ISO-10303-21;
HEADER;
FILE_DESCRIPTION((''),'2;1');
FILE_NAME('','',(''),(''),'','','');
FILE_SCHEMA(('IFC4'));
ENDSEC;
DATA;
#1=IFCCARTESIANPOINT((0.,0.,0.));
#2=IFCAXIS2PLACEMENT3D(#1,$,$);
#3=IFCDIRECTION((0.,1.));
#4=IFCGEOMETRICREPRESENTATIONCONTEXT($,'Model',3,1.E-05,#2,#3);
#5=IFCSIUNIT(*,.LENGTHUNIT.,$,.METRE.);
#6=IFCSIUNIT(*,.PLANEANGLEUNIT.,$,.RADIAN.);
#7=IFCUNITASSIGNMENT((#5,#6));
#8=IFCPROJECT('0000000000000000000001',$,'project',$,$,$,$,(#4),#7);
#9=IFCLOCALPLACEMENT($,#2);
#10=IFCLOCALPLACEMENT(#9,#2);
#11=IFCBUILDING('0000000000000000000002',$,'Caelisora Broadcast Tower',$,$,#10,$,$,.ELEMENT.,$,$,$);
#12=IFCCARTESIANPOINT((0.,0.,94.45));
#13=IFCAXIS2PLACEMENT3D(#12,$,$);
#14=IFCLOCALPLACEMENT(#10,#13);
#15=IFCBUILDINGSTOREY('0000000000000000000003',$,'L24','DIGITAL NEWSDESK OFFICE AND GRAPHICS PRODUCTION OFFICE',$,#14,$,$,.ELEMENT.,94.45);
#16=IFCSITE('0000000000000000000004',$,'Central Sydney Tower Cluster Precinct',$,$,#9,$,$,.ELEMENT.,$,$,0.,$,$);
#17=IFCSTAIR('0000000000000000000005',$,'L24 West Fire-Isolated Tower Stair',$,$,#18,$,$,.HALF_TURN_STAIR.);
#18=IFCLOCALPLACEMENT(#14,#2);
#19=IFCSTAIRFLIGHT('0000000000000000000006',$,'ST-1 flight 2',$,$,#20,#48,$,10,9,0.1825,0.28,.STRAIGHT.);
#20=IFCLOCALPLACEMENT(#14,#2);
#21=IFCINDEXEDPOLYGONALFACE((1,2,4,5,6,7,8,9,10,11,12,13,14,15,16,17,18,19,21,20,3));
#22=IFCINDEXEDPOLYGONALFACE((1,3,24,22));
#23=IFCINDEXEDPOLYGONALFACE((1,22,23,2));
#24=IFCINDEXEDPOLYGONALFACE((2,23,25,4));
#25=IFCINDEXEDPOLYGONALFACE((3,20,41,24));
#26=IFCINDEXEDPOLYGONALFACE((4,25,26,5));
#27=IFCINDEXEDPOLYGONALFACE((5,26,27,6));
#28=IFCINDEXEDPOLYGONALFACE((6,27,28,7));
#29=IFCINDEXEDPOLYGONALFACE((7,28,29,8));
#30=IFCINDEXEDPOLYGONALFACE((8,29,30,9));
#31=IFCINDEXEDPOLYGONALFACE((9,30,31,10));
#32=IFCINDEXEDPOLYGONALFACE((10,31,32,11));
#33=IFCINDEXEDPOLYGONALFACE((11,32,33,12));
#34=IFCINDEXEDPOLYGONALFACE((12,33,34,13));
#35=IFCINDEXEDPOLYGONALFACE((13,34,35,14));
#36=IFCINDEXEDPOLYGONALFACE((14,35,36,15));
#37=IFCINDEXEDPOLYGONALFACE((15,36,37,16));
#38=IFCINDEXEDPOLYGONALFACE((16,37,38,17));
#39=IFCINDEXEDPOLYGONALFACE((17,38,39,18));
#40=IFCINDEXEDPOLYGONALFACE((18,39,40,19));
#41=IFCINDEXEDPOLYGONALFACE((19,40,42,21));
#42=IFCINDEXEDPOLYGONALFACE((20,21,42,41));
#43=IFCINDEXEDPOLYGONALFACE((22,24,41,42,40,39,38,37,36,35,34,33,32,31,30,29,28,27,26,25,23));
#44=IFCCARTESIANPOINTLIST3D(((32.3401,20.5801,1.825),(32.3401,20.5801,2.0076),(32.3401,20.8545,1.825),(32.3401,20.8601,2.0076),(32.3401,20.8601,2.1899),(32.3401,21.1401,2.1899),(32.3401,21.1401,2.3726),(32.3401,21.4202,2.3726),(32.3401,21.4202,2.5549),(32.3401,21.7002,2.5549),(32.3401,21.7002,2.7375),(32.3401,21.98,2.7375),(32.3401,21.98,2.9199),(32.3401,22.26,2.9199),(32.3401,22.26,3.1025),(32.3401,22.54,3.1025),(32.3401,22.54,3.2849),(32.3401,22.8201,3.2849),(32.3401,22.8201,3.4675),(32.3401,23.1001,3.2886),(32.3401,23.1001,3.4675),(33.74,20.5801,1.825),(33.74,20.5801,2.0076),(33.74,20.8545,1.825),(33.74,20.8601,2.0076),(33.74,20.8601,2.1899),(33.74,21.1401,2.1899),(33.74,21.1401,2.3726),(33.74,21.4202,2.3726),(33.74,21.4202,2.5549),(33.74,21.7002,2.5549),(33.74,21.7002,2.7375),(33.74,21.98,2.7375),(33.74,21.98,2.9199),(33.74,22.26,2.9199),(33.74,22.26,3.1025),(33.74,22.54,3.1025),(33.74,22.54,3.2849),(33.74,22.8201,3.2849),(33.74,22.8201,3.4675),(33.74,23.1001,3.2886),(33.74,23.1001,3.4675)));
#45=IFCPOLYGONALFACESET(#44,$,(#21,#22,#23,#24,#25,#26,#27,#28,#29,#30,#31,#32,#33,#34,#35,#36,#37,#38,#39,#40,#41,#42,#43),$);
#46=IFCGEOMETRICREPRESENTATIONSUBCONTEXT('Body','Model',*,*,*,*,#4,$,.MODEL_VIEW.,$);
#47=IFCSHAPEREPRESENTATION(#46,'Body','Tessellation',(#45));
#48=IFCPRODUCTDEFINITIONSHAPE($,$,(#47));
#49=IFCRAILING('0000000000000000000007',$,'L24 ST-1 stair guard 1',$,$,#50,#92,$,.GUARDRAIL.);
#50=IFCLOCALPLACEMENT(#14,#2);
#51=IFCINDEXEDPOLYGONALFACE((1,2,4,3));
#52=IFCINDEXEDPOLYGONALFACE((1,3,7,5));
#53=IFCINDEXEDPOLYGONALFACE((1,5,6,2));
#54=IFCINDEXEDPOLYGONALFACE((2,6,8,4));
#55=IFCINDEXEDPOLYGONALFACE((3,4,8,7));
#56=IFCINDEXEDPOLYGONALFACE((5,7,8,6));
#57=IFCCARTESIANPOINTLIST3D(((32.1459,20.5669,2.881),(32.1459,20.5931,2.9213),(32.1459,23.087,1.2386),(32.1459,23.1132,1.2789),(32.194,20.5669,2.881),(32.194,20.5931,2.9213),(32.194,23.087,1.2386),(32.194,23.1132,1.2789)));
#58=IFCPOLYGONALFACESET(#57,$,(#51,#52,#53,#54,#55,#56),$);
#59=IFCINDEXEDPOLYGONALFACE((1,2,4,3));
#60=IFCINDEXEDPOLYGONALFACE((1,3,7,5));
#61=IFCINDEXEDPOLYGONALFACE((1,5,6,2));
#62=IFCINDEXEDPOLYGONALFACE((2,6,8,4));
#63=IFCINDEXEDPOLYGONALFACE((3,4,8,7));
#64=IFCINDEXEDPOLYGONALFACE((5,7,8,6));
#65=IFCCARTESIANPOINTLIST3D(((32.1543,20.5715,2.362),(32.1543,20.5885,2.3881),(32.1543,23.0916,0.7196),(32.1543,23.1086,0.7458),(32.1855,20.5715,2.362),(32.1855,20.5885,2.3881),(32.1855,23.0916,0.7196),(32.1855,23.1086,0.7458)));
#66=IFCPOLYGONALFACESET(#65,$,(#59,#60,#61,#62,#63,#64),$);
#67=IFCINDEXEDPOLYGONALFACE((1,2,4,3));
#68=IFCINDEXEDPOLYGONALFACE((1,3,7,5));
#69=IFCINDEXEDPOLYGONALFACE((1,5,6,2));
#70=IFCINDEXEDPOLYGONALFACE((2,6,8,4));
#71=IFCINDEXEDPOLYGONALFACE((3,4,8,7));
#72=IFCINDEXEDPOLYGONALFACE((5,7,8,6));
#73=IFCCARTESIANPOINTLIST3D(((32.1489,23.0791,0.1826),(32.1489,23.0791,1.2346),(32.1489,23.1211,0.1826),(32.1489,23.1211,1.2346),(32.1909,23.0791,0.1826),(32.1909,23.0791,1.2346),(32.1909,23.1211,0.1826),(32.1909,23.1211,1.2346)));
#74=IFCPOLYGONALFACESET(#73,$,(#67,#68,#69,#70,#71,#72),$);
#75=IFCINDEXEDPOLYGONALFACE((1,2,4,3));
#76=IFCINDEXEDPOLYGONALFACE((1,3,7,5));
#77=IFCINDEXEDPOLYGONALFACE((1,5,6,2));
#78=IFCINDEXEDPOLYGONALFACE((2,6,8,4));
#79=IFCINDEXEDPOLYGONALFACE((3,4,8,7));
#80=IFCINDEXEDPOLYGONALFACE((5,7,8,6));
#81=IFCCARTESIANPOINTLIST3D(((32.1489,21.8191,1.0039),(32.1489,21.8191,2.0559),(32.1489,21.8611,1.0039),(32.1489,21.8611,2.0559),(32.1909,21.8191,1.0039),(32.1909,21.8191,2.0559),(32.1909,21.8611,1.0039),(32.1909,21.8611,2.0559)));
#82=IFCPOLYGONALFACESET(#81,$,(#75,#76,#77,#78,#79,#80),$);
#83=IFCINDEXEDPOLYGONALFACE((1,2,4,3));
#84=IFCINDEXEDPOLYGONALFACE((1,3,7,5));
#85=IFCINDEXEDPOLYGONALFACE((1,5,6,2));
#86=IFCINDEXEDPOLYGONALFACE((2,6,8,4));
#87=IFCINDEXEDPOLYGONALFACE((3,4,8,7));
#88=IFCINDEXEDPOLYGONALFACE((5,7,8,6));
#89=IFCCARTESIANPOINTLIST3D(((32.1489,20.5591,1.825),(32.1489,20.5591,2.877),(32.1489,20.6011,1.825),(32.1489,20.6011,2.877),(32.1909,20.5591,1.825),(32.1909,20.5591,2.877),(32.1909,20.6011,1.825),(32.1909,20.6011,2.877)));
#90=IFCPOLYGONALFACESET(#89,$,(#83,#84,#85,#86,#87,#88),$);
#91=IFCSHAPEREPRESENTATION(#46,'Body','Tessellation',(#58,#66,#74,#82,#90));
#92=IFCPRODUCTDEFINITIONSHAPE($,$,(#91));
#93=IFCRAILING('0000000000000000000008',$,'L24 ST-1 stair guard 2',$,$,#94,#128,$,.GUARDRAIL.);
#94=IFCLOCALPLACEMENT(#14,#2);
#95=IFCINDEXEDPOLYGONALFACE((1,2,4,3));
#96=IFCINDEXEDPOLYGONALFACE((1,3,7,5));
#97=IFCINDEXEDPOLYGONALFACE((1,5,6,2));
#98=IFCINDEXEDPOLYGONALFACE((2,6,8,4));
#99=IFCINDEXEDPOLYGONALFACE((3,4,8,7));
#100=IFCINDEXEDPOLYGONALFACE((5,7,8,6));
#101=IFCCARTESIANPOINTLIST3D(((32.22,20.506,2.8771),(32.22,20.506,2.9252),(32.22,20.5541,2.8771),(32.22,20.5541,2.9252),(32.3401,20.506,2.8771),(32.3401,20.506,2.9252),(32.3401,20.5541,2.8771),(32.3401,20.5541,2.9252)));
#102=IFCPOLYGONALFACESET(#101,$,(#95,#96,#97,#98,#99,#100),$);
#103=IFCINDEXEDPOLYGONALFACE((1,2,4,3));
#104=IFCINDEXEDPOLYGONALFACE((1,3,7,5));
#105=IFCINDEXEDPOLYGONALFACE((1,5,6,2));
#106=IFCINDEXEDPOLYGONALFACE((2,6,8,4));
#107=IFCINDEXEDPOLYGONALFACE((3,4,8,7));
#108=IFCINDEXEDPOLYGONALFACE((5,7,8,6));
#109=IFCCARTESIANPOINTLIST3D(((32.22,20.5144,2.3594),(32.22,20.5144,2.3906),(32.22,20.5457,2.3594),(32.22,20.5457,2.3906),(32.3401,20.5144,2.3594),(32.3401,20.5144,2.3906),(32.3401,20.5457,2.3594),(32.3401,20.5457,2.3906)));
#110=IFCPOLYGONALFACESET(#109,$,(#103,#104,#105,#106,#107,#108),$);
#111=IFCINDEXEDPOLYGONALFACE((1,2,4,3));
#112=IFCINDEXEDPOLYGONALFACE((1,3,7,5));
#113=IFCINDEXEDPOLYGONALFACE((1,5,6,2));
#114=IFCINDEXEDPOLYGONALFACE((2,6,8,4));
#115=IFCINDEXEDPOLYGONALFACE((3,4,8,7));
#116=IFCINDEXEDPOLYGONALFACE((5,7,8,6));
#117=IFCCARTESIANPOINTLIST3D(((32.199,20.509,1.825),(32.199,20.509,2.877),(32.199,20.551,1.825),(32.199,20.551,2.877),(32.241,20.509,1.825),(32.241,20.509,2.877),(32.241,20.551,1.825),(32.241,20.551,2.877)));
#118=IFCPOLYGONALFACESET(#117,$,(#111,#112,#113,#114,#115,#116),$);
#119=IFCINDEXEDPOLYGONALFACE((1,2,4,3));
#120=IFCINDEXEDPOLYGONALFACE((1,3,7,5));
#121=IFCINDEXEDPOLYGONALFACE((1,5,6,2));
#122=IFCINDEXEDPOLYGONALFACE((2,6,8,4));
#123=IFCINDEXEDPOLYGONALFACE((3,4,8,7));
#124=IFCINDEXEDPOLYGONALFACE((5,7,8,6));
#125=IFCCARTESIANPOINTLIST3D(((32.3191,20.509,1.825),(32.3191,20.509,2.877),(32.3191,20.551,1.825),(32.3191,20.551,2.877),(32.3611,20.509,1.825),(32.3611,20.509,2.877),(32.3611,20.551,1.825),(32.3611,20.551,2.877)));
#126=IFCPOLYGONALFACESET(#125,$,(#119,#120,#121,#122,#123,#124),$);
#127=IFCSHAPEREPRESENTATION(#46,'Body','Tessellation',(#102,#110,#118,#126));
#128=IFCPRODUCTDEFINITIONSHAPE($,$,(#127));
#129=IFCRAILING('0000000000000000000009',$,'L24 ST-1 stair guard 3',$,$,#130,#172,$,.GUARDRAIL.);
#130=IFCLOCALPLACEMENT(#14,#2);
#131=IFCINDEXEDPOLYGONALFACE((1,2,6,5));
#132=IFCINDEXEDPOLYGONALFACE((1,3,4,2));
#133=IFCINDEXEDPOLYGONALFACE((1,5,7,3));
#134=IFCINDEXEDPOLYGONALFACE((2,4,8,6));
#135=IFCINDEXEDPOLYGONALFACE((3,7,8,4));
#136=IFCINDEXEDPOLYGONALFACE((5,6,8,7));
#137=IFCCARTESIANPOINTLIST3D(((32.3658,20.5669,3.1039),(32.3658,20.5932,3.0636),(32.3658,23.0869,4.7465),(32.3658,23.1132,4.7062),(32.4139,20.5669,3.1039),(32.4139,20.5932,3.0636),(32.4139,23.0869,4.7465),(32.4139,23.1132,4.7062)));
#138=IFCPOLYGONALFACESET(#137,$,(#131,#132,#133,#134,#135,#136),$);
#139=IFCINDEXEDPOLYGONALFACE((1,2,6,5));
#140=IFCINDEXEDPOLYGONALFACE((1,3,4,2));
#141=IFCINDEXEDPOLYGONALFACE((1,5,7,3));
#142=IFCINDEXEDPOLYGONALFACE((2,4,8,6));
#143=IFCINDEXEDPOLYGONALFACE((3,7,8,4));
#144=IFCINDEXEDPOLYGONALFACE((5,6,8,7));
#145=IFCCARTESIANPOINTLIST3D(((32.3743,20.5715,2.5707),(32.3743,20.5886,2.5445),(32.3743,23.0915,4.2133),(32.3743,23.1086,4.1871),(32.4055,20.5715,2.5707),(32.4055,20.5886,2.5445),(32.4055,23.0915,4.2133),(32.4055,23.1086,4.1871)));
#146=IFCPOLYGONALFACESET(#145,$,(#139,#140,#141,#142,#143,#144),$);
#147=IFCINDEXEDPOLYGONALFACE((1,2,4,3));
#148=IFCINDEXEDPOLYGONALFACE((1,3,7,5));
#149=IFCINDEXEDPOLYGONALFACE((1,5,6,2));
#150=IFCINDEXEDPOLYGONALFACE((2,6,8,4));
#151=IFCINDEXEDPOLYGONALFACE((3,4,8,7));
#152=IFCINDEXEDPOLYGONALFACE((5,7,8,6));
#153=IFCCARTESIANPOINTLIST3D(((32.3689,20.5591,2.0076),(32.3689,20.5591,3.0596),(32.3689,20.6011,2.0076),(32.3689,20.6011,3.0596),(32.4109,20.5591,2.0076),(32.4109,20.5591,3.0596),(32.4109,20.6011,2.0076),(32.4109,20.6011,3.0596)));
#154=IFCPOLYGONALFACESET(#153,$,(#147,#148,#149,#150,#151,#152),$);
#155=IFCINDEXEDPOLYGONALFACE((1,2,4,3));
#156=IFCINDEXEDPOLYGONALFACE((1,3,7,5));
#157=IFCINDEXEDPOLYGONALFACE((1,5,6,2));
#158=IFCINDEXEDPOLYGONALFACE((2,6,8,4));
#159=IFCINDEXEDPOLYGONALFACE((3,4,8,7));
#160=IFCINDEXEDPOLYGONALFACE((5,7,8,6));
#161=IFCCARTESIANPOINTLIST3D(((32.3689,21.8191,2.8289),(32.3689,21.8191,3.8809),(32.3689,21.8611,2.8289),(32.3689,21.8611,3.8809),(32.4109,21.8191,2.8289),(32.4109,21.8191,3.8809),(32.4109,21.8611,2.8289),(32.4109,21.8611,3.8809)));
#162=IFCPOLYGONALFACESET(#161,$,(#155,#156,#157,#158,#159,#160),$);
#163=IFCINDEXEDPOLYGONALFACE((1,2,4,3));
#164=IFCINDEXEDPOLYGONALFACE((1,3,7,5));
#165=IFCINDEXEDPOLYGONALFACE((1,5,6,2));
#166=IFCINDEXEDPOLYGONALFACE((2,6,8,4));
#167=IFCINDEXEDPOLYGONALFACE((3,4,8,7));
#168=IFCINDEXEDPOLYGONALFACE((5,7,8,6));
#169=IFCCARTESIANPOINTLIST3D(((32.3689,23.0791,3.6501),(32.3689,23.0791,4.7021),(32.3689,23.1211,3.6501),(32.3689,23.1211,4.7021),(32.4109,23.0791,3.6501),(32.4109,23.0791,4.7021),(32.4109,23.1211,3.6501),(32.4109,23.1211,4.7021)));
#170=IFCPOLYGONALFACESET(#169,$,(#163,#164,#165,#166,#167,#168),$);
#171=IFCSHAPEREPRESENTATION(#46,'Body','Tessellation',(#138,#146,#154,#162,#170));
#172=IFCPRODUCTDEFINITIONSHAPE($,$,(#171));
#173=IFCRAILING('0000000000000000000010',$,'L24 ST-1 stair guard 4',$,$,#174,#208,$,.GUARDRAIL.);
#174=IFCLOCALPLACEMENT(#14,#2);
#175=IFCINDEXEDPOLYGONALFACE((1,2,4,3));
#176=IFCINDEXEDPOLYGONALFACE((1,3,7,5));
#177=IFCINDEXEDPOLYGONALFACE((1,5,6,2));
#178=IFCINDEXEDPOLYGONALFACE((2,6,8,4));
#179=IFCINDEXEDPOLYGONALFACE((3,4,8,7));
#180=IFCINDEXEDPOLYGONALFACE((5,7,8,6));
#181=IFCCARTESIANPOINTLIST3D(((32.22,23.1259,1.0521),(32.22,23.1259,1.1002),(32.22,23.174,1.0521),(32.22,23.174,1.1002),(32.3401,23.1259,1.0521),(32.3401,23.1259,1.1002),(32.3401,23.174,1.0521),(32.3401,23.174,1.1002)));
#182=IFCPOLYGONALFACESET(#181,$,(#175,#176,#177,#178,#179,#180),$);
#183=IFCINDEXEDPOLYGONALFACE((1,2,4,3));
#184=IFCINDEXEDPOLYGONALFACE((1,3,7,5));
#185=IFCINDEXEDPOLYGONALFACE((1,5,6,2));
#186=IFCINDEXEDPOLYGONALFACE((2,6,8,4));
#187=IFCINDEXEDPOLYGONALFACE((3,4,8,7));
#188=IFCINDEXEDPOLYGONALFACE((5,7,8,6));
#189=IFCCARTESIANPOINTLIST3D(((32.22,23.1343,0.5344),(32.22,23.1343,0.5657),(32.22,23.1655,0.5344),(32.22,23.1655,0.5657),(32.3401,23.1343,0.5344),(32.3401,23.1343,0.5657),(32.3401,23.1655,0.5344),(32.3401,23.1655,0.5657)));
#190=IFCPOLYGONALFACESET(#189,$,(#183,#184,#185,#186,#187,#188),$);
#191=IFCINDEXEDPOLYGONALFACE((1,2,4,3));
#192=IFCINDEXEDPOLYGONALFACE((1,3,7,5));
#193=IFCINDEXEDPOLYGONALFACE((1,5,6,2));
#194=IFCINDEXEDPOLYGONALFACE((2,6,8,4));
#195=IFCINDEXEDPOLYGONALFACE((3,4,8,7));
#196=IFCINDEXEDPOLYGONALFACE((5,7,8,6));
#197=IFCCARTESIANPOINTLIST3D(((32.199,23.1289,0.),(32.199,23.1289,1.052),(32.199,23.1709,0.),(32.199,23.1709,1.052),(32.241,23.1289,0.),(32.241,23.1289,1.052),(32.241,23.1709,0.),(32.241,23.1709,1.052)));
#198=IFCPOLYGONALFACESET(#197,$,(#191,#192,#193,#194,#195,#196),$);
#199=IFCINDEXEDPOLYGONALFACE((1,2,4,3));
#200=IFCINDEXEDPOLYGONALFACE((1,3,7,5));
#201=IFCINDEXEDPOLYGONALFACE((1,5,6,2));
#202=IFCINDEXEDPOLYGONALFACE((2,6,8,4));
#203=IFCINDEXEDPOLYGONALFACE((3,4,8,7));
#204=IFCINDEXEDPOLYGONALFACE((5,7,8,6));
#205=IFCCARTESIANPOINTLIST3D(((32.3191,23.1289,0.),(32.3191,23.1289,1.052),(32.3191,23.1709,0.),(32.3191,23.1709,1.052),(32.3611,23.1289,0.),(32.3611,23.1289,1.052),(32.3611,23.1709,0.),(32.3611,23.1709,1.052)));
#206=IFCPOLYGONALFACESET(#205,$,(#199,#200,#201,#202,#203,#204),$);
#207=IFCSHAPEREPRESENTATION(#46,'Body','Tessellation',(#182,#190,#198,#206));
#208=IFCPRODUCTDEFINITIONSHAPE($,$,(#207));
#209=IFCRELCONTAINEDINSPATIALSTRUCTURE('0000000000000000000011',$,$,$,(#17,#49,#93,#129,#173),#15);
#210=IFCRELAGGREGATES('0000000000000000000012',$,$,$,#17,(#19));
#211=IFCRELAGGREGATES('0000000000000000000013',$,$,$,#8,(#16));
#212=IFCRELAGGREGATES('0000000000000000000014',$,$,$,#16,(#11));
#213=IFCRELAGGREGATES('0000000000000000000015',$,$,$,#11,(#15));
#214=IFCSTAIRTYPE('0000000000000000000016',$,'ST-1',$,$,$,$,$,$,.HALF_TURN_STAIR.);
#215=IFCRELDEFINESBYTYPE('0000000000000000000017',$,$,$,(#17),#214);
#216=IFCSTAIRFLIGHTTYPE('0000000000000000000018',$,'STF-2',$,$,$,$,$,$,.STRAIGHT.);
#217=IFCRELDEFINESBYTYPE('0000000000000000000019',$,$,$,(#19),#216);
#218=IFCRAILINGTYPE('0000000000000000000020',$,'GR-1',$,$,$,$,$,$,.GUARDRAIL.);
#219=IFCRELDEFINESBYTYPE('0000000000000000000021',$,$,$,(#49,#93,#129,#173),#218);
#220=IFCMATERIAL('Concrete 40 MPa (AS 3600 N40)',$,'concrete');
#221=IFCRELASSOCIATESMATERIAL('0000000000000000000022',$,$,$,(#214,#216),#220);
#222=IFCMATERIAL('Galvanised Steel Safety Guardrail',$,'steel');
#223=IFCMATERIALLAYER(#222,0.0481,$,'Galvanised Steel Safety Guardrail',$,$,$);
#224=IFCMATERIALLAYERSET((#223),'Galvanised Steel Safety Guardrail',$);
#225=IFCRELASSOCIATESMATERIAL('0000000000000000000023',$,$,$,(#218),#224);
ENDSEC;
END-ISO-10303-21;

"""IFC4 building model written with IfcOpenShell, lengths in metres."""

from ifc_helpers import new_model, si_unit, direction, frame, origin, origin_2d, place, context, subcontext, project, spatial, polyline, rectangle, outline, extrude, material, layer, layer_set, type_object, element, aggregate, save


model = new_model("IFC4")

# Units and contexts
model_context = context("Model", 3, precision=1e-05, world=origin(), true_north=direction((0.0, 1.0)))
body_context = subcontext(model_context, "Body", "Model", "MODEL_VIEW")
ifc_project = project(units=[si_unit("LENGTHUNIT", "METRE"), si_unit("PLANEANGLEUNIT", "RADIAN")], contexts=[model_context])

# Site, building, storey
site_placement = place(None, origin())
site = spatial("IfcSite", under=ifc_project, at=site_placement, Name="Central Sydney Tower Cluster Precinct", CompositionType="ELEMENT", RefElevation=0.0)
building_placement = place(site_placement, origin())
building = spatial("IfcBuilding", under=site, at=building_placement, Name="Caelisora Broadcast Tower", CompositionType="ELEMENT")
storey_placement = place(building_placement, frame((0.0, 0.0, 94.45)))
storey = spatial("IfcBuildingStorey", under=building, at=storey_placement, Name="L24", Description="DIGITAL NEWSDESK OFFICE AND GRAPHICS PRODUCTION OFFICE", CompositionType="ELEMENT", Elevation=94.45)

# Stair, stair flight
ifc_material_1 = material(Name="Concrete 40 MPa (AS 3600 N40)", Category="concrete")
stair_type = type_object("IfcStairType", Name="ST-1", PredefinedType="HALF_TURN_STAIR", material=ifc_material_1)
stair_placement = place(storey_placement, origin())
stair = element("IfcStair", 1, at=stair_placement, inside=storey, type_object=stair_type, Name="L24 West Fire-Isolated Tower Stair", PredefinedType="HALF_TURN_STAIR")
stair_flight_type = type_object("IfcStairFlightType", Name="STF-2", PredefinedType="STRAIGHT", material=ifc_material_1)
stair_flight_1_placement = place(storey_placement, frame((33.04, 20.5801, 1.825), z_axis=(0.0, 0.0, 1.0), x_axis=(0.0, 1.0, 0.0)))
stair_flight_1 = element("IfcStairFlight", 2, at=stair_flight_1_placement, type_object=stair_flight_type, Name="ST-1 flight 2", NumberOfRisers=10, NumberOfTreads=9, PredefinedType="STRAIGHT", RiserHeight=0.1825, TreadLength=0.28, context=body_context, shape_type="SweptSolid", body=[
    extrude(outline(polyline([(0.0, 0.0), (0.0, 0.1826), (0.28, 0.1826), (0.28, 0.365), (0.5601, 0.365), (0.5601, 0.5476), (0.8401, 0.5476), (0.8401, 0.73), (1.1201, 0.73), (1.1201, 0.9126), (1.3999, 0.9126), (1.3999, 1.095), (1.6799, 1.095), (1.6799, 1.2776), (1.96, 1.2776), (1.96, 1.46), (2.24, 1.46), (2.24, 1.6426), (2.52, 1.6426), (2.52, 1.825), (2.52, 1.4636), (0.2744, 0.0), (0.0, 0.0)])), frame((0.0, 0.7, 0.0), z_axis=(0.0, -1.0, 0.0), x_axis=(1.0, 0.0, 0.0)), (0.0, 0.0, 1.0), 1.3999),
])
aggregate(stair, [stair_flight_1])

# Railings
ifc_material_2 = material(Name="Galvanised Steel Safety Guardrail", Category="steel")
ifc_layer_1 = layer(ifc_material_2, 0.0481, Name="Galvanised Steel Safety Guardrail")
ifc_layer_set_1 = layer_set([ifc_layer_1], Name="Galvanised Steel Safety Guardrail")
railing_type_1 = type_object("IfcRailingType", Name="GR-1", PredefinedType="GUARDRAIL", material=ifc_layer_set_1)
railing_1_placement = place(storey_placement, frame((32.1699, 23.1001, 0.1826)))
element("IfcRailing", 3, at=railing_1_placement, inside=storey, type_object=railing_type_1, Name="L24 ST-1 stair guard 1", PredefinedType="GUARDRAIL", context=body_context, shape_type="SweptSolid", body=[
    extrude(rectangle(XDim=0.0481, YDim=0.0481, at=origin_2d()), frame((0.0, 0.0, 1.0762), z_axis=(0.0, -0.837787, 0.545998), x_axis=(1.0, 0.0, 0.0)), (0.0, 0.0, 1.0), 3.0081),
    extrude(rectangle(XDim=0.0312, YDim=0.0312, at=origin_2d()), frame((0.0, 0.0, 0.55), z_axis=(0.0, -0.837787, 0.545998), x_axis=(1.0, 0.0, 0.0)), (0.0, 0.0, 1.0), 3.0081),
    extrude(rectangle(XDim=0.042, YDim=0.042, at=origin_2d()), origin(), (0.0, 0.0, 1.0), 1.052),
    extrude(rectangle(XDim=0.042, YDim=0.042, at=origin_2d()), frame((0.0, -1.26, 0.8213)), (0.0, 0.0, 1.0), 1.052),
    extrude(rectangle(XDim=0.042, YDim=0.042, at=origin_2d()), frame((0.0, -2.52, 1.6423)), (0.0, 0.0, 1.0), 1.052),
])
railing_2_placement = place(storey_placement, frame((32.22, 20.53, 1.825)))
element("IfcRailing", 4, at=railing_2_placement, inside=storey, type_object=railing_type_1, Name="L24 ST-1 stair guard 2", PredefinedType="GUARDRAIL", context=body_context, shape_type="SweptSolid", body=[
    extrude(rectangle(XDim=0.0481, YDim=0.0481, at=origin_2d()), frame((0.0, 0.0, 1.0762), z_axis=(1.0, 0.0, 0.0), x_axis=(0.0, 1.0, 0.0)), (0.0, 0.0, 1.0), 0.1201),
    extrude(rectangle(XDim=0.0312, YDim=0.0312, at=origin_2d()), frame((0.0, 0.0, 0.55), z_axis=(1.0, 0.0, 0.0), x_axis=(0.0, 1.0, 0.0)), (0.0, 0.0, 1.0), 0.1201),
    extrude(rectangle(XDim=0.042, YDim=0.042, at=origin_2d()), origin(), (0.0, 0.0, 1.0), 1.052),
    extrude(rectangle(XDim=0.042, YDim=0.042, at=origin_2d()), frame((0.1201, 0.0, 0.0)), (0.0, 0.0, 1.0), 1.052),
])
railing_3_placement = place(storey_placement, frame((32.3899, 20.5801, 2.0076)))
element("IfcRailing", 5, at=railing_3_placement, inside=storey, type_object=railing_type_1, Name="L24 ST-1 stair guard 3", PredefinedType="GUARDRAIL", context=body_context, shape_type="SweptSolid", body=[
    extrude(rectangle(XDim=0.0481, YDim=0.0481, at=origin_2d()), frame((0.0, 0.0, 1.0762), z_axis=(0.0, 0.837749, 0.546055), x_axis=(-1.0, 0.0, 0.0)), (0.0, 0.0, 1.0), 3.0081),
    extrude(rectangle(XDim=0.0312, YDim=0.0312, at=origin_2d()), frame((0.0, 0.0, 0.55), z_axis=(0.0, 0.837749, 0.546055), x_axis=(-1.0, 0.0, 0.0)), (0.0, 0.0, 1.0), 3.0081),
    extrude(rectangle(XDim=0.042, YDim=0.042, at=origin_2d()), origin(), (0.0, 0.0, 1.0), 1.052),
    extrude(rectangle(XDim=0.042, YDim=0.042, at=origin_2d()), frame((0.0, 1.26, 0.8213)), (0.0, 0.0, 1.0), 1.052),
    extrude(rectangle(XDim=0.042, YDim=0.042, at=origin_2d()), frame((0.0, 2.52, 1.6426)), (0.0, 0.0, 1.0), 1.052),
])
railing_4_placement = place(storey_placement, frame((32.22, 23.1499, 0.0)))
element("IfcRailing", 6, at=railing_4_placement, inside=storey, type_object=railing_type_1, Name="L24 ST-1 stair guard 4", PredefinedType="GUARDRAIL", context=body_context, shape_type="SweptSolid", body=[
    extrude(rectangle(XDim=0.0481, YDim=0.0481, at=origin_2d()), frame((0.0, 0.0, 1.0762), z_axis=(1.0, 0.0, 0.0), x_axis=(0.0, 1.0, 0.0)), (0.0, 0.0, 1.0), 0.1201),
    extrude(rectangle(XDim=0.0312, YDim=0.0312, at=origin_2d()), frame((0.0, 0.0, 0.55), z_axis=(1.0, 0.0, 0.0), x_axis=(0.0, 1.0, 0.0)), (0.0, 0.0, 1.0), 0.1201),
    extrude(rectangle(XDim=0.042, YDim=0.042, at=origin_2d()), origin(), (0.0, 0.0, 1.0), 1.052),
    extrude(rectangle(XDim=0.042, YDim=0.042, at=origin_2d()), frame((0.1201, 0.0, 0.0)), (0.0, 0.0, 1.0), 1.052),
])

save(model, "model.ifc")
